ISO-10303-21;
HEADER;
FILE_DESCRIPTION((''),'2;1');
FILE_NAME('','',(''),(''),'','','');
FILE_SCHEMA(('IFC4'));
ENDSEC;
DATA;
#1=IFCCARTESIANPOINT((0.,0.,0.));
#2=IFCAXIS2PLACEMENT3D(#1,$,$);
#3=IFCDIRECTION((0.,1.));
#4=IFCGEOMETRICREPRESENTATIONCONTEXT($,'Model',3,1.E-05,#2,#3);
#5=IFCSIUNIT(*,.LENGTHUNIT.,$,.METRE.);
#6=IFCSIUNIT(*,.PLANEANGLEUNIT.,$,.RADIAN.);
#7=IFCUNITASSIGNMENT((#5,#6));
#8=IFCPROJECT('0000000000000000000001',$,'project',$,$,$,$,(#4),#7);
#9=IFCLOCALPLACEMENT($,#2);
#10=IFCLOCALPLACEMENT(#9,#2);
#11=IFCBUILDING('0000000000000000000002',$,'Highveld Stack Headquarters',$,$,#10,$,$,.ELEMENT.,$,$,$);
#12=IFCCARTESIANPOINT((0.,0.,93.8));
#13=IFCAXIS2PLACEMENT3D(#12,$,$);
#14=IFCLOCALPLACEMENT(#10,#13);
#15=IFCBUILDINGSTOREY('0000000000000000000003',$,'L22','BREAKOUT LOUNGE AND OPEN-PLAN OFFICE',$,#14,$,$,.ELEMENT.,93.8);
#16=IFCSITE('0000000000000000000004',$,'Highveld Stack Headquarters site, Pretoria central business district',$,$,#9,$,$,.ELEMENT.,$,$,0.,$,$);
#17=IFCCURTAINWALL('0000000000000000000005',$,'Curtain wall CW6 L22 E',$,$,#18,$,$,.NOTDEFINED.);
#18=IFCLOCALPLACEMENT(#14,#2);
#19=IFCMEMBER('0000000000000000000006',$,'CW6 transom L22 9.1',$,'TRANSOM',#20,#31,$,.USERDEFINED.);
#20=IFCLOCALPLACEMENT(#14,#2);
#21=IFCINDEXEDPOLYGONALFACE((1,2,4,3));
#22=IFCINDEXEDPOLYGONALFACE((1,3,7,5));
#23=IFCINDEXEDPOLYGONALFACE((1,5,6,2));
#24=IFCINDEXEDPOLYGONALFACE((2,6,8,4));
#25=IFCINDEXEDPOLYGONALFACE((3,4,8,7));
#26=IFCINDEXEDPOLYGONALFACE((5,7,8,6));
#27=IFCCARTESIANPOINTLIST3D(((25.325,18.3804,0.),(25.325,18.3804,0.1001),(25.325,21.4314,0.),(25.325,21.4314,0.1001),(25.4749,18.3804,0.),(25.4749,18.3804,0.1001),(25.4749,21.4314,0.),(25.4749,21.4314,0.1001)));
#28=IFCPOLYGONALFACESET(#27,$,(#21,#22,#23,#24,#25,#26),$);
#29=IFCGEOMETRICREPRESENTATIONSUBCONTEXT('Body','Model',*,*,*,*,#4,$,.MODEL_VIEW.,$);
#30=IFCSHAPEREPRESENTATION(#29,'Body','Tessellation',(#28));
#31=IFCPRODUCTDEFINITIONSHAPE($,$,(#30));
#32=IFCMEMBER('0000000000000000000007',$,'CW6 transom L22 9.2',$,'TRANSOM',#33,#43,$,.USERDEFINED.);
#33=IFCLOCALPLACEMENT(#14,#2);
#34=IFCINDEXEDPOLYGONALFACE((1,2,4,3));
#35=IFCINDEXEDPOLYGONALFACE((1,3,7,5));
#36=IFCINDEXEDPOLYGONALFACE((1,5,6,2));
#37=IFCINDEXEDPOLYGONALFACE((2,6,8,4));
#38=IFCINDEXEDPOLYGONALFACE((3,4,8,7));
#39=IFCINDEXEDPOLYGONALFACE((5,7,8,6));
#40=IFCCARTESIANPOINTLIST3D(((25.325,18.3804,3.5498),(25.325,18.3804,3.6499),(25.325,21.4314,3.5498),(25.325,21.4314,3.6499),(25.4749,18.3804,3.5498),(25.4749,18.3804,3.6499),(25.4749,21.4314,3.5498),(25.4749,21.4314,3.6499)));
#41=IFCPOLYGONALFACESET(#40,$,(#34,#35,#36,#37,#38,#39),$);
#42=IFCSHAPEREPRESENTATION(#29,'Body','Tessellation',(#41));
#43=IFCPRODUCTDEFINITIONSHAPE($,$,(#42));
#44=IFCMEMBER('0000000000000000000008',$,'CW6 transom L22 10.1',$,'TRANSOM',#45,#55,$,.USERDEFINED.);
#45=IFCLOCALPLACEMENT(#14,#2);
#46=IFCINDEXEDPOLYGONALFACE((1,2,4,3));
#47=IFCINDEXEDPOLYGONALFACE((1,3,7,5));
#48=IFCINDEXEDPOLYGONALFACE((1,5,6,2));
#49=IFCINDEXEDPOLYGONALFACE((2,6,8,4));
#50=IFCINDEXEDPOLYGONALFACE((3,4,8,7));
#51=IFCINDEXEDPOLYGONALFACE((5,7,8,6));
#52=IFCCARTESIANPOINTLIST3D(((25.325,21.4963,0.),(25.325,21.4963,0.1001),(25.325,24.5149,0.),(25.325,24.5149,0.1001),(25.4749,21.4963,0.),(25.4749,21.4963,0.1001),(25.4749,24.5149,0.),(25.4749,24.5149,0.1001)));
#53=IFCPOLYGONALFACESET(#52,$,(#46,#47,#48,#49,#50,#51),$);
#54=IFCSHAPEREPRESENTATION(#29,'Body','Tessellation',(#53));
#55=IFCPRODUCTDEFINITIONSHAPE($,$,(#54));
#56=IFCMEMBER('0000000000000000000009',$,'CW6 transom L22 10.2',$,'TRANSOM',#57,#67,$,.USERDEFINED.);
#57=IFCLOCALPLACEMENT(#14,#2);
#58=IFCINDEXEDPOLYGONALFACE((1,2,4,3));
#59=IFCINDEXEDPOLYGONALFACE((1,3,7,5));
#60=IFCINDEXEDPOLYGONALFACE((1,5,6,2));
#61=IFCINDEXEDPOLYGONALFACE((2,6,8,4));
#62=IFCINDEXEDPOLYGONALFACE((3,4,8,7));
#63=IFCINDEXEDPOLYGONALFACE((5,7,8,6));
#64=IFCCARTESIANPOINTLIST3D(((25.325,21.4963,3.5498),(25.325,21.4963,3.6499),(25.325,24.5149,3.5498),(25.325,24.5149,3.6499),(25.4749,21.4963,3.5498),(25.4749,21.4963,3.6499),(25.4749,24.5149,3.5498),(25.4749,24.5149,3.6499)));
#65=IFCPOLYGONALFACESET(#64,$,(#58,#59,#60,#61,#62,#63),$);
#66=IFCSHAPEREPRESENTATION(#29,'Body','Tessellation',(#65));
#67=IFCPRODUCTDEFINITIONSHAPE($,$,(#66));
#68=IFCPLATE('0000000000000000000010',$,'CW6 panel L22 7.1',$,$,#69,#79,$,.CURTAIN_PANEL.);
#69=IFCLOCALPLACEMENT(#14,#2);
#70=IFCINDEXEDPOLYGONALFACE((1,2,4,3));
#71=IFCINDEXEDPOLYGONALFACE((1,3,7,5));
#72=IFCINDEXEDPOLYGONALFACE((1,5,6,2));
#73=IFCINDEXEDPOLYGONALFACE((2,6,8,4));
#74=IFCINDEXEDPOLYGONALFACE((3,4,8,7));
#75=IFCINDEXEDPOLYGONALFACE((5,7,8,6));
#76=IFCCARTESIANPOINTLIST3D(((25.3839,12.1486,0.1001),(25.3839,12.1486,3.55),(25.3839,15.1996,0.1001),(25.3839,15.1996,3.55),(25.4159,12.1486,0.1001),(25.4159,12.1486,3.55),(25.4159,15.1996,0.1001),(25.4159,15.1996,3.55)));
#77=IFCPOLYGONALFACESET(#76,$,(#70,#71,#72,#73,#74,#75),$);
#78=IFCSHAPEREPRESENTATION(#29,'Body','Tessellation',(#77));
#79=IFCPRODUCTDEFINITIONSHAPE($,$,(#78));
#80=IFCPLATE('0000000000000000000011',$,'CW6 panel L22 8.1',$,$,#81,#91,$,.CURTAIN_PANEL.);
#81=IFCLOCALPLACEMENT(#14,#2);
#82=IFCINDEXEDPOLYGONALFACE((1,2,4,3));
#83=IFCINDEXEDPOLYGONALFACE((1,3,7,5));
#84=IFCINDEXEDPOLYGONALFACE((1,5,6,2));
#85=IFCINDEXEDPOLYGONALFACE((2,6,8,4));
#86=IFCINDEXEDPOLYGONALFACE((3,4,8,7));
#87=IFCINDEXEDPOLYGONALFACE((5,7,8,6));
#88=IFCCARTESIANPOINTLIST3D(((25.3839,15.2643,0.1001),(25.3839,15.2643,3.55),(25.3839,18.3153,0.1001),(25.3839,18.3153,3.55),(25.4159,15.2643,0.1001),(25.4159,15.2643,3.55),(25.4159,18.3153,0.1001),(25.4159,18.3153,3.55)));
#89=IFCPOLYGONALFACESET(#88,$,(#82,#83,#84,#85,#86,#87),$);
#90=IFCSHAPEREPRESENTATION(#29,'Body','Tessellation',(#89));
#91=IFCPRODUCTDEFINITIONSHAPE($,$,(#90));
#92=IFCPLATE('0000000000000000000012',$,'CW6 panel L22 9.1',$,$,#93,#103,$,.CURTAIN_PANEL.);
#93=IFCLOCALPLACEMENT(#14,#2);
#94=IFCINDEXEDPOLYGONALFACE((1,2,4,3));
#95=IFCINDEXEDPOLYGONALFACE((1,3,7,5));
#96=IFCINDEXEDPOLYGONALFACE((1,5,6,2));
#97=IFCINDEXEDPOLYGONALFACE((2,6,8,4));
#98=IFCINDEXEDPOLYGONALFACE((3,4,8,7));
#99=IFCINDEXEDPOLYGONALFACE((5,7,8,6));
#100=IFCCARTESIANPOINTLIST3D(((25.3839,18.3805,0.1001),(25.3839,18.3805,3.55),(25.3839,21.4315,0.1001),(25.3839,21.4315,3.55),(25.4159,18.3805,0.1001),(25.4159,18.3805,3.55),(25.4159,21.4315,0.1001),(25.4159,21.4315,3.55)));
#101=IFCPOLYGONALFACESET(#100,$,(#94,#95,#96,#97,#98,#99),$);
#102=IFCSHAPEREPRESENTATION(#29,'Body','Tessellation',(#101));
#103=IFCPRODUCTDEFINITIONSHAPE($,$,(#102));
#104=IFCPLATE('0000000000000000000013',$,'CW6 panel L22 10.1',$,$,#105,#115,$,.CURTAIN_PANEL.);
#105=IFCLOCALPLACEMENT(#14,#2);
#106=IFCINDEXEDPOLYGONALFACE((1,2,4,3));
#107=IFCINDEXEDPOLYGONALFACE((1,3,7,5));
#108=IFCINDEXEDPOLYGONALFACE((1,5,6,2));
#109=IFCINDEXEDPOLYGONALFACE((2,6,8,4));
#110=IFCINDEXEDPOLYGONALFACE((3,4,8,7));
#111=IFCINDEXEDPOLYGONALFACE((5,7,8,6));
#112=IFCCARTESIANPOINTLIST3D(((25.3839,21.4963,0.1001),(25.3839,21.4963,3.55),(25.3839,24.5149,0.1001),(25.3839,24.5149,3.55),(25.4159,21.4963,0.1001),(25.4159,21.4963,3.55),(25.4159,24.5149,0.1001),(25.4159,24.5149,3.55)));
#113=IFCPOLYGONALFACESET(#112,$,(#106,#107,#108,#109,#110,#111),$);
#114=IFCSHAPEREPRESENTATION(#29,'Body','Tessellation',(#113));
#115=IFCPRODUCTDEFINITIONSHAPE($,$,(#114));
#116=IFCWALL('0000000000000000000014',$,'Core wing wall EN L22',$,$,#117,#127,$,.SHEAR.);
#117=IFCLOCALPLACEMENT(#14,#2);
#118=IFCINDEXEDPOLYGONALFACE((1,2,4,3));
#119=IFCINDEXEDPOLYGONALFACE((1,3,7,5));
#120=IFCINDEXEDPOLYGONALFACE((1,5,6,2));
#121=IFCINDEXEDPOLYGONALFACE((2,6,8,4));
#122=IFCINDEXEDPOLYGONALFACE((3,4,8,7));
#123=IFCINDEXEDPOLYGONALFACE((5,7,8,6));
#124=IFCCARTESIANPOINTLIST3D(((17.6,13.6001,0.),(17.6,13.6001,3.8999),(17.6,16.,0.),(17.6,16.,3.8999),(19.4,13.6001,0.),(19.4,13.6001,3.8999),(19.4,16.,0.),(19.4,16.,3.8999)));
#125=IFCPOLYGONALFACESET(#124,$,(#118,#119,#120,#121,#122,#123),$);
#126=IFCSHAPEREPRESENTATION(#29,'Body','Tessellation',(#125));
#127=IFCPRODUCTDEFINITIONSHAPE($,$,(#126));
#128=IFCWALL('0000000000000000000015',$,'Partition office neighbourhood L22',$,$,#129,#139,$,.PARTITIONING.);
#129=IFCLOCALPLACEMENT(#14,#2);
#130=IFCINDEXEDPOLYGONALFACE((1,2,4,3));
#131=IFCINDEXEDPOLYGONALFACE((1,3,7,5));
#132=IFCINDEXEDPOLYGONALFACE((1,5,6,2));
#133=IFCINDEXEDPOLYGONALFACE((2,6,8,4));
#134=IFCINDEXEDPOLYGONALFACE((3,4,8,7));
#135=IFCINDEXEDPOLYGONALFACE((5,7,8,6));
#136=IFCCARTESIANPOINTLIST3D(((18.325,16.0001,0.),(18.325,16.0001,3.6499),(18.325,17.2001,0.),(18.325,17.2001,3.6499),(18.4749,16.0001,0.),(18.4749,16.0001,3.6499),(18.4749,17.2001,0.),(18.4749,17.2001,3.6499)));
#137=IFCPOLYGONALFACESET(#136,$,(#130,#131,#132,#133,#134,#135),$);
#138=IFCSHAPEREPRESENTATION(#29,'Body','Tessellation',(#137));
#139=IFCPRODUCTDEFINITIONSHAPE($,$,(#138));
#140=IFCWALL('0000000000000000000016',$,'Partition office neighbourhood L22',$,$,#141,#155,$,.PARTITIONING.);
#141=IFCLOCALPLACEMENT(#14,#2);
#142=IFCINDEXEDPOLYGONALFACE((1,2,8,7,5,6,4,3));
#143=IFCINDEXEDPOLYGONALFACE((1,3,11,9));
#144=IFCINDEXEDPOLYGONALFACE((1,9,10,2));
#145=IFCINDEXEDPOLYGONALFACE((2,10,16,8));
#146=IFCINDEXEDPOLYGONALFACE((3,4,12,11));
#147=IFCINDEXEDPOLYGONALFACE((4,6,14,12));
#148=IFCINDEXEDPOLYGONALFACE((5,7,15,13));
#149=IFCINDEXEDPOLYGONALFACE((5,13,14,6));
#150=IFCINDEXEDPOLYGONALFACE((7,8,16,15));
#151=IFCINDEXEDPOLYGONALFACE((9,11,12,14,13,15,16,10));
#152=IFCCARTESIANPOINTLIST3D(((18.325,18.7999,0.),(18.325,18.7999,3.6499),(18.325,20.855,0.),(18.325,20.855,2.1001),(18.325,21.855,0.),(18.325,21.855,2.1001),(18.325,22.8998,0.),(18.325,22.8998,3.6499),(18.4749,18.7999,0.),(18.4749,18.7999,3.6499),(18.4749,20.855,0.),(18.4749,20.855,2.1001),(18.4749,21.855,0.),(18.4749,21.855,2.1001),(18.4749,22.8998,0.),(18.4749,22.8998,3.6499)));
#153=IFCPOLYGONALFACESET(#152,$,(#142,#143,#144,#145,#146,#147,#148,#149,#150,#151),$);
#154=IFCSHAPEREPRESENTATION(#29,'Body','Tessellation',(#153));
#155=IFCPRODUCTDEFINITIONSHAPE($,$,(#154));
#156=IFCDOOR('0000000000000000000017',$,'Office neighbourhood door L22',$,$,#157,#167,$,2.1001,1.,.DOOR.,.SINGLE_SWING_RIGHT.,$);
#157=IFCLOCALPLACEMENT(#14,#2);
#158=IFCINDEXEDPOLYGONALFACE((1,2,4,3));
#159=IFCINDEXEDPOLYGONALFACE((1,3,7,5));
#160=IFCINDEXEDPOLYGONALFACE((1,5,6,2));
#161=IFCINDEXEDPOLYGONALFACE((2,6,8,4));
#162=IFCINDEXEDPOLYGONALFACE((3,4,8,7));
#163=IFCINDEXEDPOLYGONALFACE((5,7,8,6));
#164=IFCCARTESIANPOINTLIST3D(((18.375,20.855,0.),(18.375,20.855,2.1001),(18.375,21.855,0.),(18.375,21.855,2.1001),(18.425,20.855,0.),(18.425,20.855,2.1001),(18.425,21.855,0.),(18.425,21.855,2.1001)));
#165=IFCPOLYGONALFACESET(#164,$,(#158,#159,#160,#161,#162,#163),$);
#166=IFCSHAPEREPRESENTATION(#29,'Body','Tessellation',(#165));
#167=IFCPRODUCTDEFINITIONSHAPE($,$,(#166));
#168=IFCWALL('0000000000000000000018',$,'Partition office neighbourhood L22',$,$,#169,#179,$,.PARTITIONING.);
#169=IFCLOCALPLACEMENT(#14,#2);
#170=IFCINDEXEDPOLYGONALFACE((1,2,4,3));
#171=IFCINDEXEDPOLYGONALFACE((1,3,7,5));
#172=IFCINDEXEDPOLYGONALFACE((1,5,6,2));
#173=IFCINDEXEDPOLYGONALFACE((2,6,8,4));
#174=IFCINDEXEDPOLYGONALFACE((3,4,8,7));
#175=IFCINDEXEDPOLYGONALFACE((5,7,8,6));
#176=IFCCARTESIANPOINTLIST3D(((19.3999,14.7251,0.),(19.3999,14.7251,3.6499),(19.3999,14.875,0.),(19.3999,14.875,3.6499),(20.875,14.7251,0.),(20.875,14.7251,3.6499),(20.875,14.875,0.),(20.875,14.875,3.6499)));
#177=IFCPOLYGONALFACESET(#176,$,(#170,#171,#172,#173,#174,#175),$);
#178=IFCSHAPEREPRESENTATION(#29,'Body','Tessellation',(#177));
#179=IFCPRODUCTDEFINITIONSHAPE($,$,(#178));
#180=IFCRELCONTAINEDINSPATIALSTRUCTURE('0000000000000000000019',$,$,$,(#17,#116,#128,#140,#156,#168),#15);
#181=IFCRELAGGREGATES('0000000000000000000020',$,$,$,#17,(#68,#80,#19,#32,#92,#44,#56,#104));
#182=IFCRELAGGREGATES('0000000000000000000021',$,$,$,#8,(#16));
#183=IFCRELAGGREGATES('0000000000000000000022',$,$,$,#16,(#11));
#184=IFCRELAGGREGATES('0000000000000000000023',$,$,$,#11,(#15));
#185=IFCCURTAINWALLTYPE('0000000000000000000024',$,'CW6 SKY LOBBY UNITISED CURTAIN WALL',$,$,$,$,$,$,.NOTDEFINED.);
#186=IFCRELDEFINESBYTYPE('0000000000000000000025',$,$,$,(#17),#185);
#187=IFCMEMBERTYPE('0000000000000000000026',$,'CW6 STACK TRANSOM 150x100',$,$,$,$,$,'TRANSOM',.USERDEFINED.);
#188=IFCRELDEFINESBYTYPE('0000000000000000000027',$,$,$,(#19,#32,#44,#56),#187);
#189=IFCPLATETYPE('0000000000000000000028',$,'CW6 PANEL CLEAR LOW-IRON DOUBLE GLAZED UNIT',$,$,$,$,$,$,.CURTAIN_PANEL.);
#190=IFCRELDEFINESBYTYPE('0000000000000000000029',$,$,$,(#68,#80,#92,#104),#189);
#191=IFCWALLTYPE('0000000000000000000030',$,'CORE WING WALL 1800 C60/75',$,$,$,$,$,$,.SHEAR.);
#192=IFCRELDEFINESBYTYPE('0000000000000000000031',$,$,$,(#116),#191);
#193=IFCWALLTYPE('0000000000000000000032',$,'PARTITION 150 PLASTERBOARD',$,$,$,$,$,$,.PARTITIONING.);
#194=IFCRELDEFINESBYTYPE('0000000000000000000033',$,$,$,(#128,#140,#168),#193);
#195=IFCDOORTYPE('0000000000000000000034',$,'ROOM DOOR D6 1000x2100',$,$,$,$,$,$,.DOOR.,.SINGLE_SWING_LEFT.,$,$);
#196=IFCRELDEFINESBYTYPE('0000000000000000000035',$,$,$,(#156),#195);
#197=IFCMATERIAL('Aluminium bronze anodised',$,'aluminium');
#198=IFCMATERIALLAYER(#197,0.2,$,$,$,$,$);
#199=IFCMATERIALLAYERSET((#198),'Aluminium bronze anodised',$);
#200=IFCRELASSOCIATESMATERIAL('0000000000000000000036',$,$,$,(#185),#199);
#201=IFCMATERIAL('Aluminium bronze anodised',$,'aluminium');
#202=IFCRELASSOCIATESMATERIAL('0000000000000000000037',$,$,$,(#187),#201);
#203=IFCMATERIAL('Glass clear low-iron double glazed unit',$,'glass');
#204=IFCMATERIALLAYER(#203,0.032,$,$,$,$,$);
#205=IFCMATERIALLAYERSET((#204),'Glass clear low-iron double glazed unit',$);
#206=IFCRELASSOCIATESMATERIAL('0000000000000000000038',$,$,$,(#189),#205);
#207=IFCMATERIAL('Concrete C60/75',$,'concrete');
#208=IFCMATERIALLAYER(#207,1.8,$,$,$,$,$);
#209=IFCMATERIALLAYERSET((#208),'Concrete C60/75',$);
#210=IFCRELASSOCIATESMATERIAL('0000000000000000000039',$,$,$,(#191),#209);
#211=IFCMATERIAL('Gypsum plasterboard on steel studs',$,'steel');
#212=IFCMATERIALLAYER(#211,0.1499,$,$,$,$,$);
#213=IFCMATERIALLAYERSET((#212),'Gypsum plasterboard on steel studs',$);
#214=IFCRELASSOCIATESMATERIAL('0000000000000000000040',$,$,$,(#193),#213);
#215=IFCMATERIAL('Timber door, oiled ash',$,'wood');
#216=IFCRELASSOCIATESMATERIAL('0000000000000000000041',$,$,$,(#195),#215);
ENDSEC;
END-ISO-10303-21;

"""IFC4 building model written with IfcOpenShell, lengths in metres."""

from ifc_helpers import new_model, si_unit, direction, frame, frame_2d, origin, origin_2d, place, context, subcontext, project, spatial, rectangle, extrude, material, layer, layer_set, material_profile, profile_set, type_object, element, fill, aggregate, save


model = new_model("IFC4")

# Units and contexts
model_context = context("Model", 3, precision=1e-05, world=origin(), true_north=direction((0.0, 1.0)))
body_context = subcontext(model_context, "Body", "Model", "MODEL_VIEW")
ifc_project = project(units=[si_unit("LENGTHUNIT", "METRE"), si_unit("PLANEANGLEUNIT", "RADIAN")], contexts=[model_context])

# Site, building, storey
site_placement = place(None, origin())
site = spatial("IfcSite", under=ifc_project, at=site_placement, Name="Highveld Stack Headquarters site, Pretoria central business district", CompositionType="ELEMENT", RefElevation=0.0)
building_placement = place(site_placement, origin())
building = spatial("IfcBuilding", under=site, at=building_placement, Name="Highveld Stack Headquarters", CompositionType="ELEMENT")
storey_placement = place(building_placement, frame((0.0, 0.0, 93.8)))
storey = spatial("IfcBuildingStorey", under=building, at=storey_placement, Name="L22", Description="BREAKOUT LOUNGE AND OPEN-PLAN OFFICE", CompositionType="ELEMENT", Elevation=93.8)

# Curtain wall, members, plates
ifc_material_1 = material(Name="Aluminium bronze anodised", Category="aluminium")
ifc_layer_1 = layer(ifc_material_1, 0.2)
ifc_layer_set_1 = layer_set([ifc_layer_1], Name="Aluminium bronze anodised")
curtain_wall_type = type_object("IfcCurtainWallType", Name="CW6 SKY LOBBY UNITISED CURTAIN WALL", PredefinedType="NOTDEFINED", material=ifc_layer_set_1)
curtain_wall_placement = place(storey_placement, origin())
curtain_wall = element("IfcCurtainWall", 1, at=curtain_wall_placement, inside=storey, type_object=curtain_wall_type, Name="Curtain wall CW6 L22 E", PredefinedType="NOTDEFINED")
ifc_material_2 = material(Name="Aluminium bronze anodised", Category="aluminium")
ifc_material_profile_1 = material_profile(ifc_material_2, rectangle(XDim=0.1499, YDim=0.1001, at=origin_2d()), Name="CW6 TRANSOM 150x100")
ifc_profile_set_1 = profile_set([ifc_material_profile_1], Name="Aluminium bronze anodised")
member_type_1 = type_object("IfcMemberType", Name="CW6 STACK TRANSOM 150x100", ElementType="TRANSOM", PredefinedType="USERDEFINED", material=ifc_profile_set_1)
member_1_placement = place(storey_placement, frame((25.3999, 18.3804, 0.05), z_axis=(0.0, 1.0, 0.0), x_axis=(-1.0, 0.0, 0.0)))
member_1 = element("IfcMember", 2, at=member_1_placement, type_object=member_type_1, Name="CW6 transom L22 9.1", ObjectType="TRANSOM", PredefinedType="USERDEFINED", context=body_context, shape_type="SweptSolid", body=[
    extrude(rectangle(XDim=0.1499, YDim=0.1001, at=origin_2d()), origin(), (0.0, 0.0, 1.0), 3.051),
])
member_2_placement = place(storey_placement, frame((25.3999, 18.3804, 3.5999), z_axis=(0.0, 1.0, 0.0), x_axis=(-1.0, 0.0, 0.0)))
member_2 = element("IfcMember", 3, at=member_2_placement, type_object=member_type_1, Name="CW6 transom L22 9.2", ObjectType="TRANSOM", PredefinedType="USERDEFINED", context=body_context, shape_type="SweptSolid", body=[
    extrude(rectangle(XDim=0.1499, YDim=0.1001, at=origin_2d()), origin(), (0.0, 0.0, 1.0), 3.051),
])
member_3_placement = place(storey_placement, frame((25.3999, 21.4963, 0.05), z_axis=(0.0, 1.0, 0.0), x_axis=(-1.0, 0.0, 0.0)))
member_3 = element("IfcMember", 4, at=member_3_placement, type_object=member_type_1, Name="CW6 transom L22 10.1", ObjectType="TRANSOM", PredefinedType="USERDEFINED", context=body_context, shape_type="SweptSolid", body=[
    extrude(rectangle(XDim=0.1499, YDim=0.1001, at=origin_2d()), origin(), (0.0, 0.0, 1.0), 3.0186),
])
member_4_placement = place(storey_placement, frame((25.3999, 21.4963, 3.5999), z_axis=(0.0, 1.0, 0.0), x_axis=(-1.0, 0.0, 0.0)))
member_4 = element("IfcMember", 5, at=member_4_placement, type_object=member_type_1, Name="CW6 transom L22 10.2", ObjectType="TRANSOM", PredefinedType="USERDEFINED", context=body_context, shape_type="SweptSolid", body=[
    extrude(rectangle(XDim=0.1499, YDim=0.1001, at=origin_2d()), origin(), (0.0, 0.0, 1.0), 3.0186),
])
ifc_material_3 = material(Name="Glass clear low-iron double glazed unit", Category="glass")
ifc_layer_2 = layer(ifc_material_3, 0.032)
ifc_layer_set_2 = layer_set([ifc_layer_2], Name="Glass clear low-iron double glazed unit")
plate_type = type_object("IfcPlateType", Name="CW6 PANEL CLEAR LOW-IRON DOUBLE GLAZED UNIT", PredefinedType="CURTAIN_PANEL", material=ifc_layer_set_2)
plate_1_placement = place(storey_placement, frame((25.3999, 13.6741, 0.1001), z_axis=(0.0, 0.0, 1.0), x_axis=(0.0, 1.0, 0.0)))
plate_1 = element("IfcPlate", 6, at=plate_1_placement, type_object=plate_type, Name="CW6 panel L22 7.1", PredefinedType="CURTAIN_PANEL", context=body_context, shape_type="SweptSolid", body=[
    extrude(rectangle(XDim=3.051, YDim=0.032, at=origin_2d()), origin(), (0.0, 0.0, 1.0), 3.45),
])
plate_2_placement = place(storey_placement, frame((25.3999, 16.7898, 0.1001), z_axis=(0.0, 0.0, 1.0), x_axis=(0.0, 1.0, 0.0)))
plate_2 = element("IfcPlate", 7, at=plate_2_placement, type_object=plate_type, Name="CW6 panel L22 8.1", PredefinedType="CURTAIN_PANEL", context=body_context, shape_type="SweptSolid", body=[
    extrude(rectangle(XDim=3.051, YDim=0.032, at=origin_2d()), origin(), (0.0, 0.0, 1.0), 3.45),
])
plate_3_placement = place(storey_placement, frame((25.3999, 19.906, 0.1001), z_axis=(0.0, 0.0, 1.0), x_axis=(0.0, 1.0, 0.0)))
plate_3 = element("IfcPlate", 8, at=plate_3_placement, type_object=plate_type, Name="CW6 panel L22 9.1", PredefinedType="CURTAIN_PANEL", context=body_context, shape_type="SweptSolid", body=[
    extrude(rectangle(XDim=3.051, YDim=0.032, at=origin_2d()), origin(), (0.0, 0.0, 1.0), 3.45),
])
plate_4_placement = place(storey_placement, frame((25.3999, 23.0056, 0.1001), z_axis=(0.0, 0.0, 1.0), x_axis=(0.0, 1.0, 0.0)))
plate_4 = element("IfcPlate", 9, at=plate_4_placement, type_object=plate_type, Name="CW6 panel L22 10.1", PredefinedType="CURTAIN_PANEL", context=body_context, shape_type="SweptSolid", body=[
    extrude(rectangle(XDim=3.0186, YDim=0.032, at=origin_2d()), origin(), (0.0, 0.0, 1.0), 3.45),
])
aggregate(curtain_wall, [plate_1, plate_2, member_1, member_2, plate_3, member_3, member_4, plate_4])

# Walls
ifc_material_4 = material(Name="Concrete C60/75", Category="concrete")
ifc_layer_3 = layer(ifc_material_4, 1.8)
ifc_layer_set_3 = layer_set([ifc_layer_3], Name="Concrete C60/75")
wall_type_1 = type_object("IfcWallType", Name="CORE WING WALL 1800 C60/75", PredefinedType="SHEAR", material=ifc_layer_set_3)
wall_1_placement = place(storey_placement, frame((18.5, 13.6001, 0.0), z_axis=(0.0, 0.0, 1.0), x_axis=(0.0, 1.0, 0.0)))
element("IfcWall", 10, at=wall_1_placement, inside=storey, type_object=wall_type_1, Name="Core wing wall EN L22", PredefinedType="SHEAR", context=body_context, shape_type="SweptSolid", body=[
    extrude(rectangle(XDim=2.3999, YDim=1.8, at=frame_2d((1.2, 0.0))), origin(), (0.0, 0.0, 1.0), 3.8999),
])
ifc_material_5 = material(Name="Gypsum plasterboard on steel studs", Category="steel")
ifc_layer_4 = layer(ifc_material_5, 0.1499)
ifc_layer_set_4 = layer_set([ifc_layer_4], Name="Gypsum plasterboard on steel studs")
wall_type_2 = type_object("IfcWallType", Name="PARTITION 150 PLASTERBOARD", PredefinedType="PARTITIONING", material=ifc_layer_set_4)
wall_2_placement = place(storey_placement, frame((18.3999, 16.0, 0.0), z_axis=(0.0, 0.0, 1.0), x_axis=(0.0, 1.0, 0.0)))
element("IfcWall", 11, at=wall_2_placement, inside=storey, type_object=wall_type_2, Name="Partition office neighbourhood L22", PredefinedType="PARTITIONING", context=body_context, shape_type="SweptSolid", body=[
    extrude(rectangle(XDim=1.2, YDim=0.1499, at=frame_2d((0.6001, 0.0))), origin(), (0.0, 0.0, 1.0), 3.6499),
])

# Wall, opening, door
wall_3_placement = place(storey_placement, frame((18.3999, 18.8, 0.0), z_axis=(0.0, 0.0, 1.0), x_axis=(0.0, 1.0, 0.0)))
wall_3 = element("IfcWall", 12, at=wall_3_placement, inside=storey, type_object=wall_type_2, Name="Partition office neighbourhood L22", PredefinedType="PARTITIONING", context=body_context, shape_type="SweptSolid", body=[
    extrude(rectangle(XDim=4.0999, YDim=0.1499, at=frame_2d((2.0498, 0.0))), origin(), (0.0, 0.0, 1.0), 3.6499),
])
opening_placement = place(wall_3_placement, frame((2.0549, 0.0, 0.0)))
opening = element("IfcOpeningElement", 13, at=opening_placement, cuts=wall_3, PredefinedType="OPENING", context=body_context, shape_type="SweptSolid", body=[
    extrude(rectangle(XDim=1.0, YDim=2.1001, at=frame_2d((0.5, 1.05))), frame((0.0, 0.085, 0.0), z_axis=(0.0, -1.0, 0.0), x_axis=(1.0, 0.0, 0.0)), (0.0, 0.0, 1.0), 0.1699),
])
ifc_material_6 = material(Name="Timber door, oiled ash", Category="wood")
door_type = type_object("IfcDoorType", Name="ROOM DOOR D6 1000x2100", OperationType="SINGLE_SWING_LEFT", PredefinedType="DOOR", material=ifc_material_6)
door_placement = place(opening_placement, origin())
door = element("IfcDoor", 14, at=door_placement, inside=storey, type_object=door_type, Name="Office neighbourhood door L22", OperationType="SINGLE_SWING_RIGHT", OverallHeight=2.1001, OverallWidth=1.0, PredefinedType="DOOR", context=body_context, shape_type="SweptSolid", body=[
    extrude(rectangle(XDim=1.0, YDim=2.1001, at=frame_2d((0.5, 1.05))), frame((0.0, 0.0249, 0.0), z_axis=(0.0, -1.0, 0.0), x_axis=(1.0, 0.0, 0.0)), (0.0, 0.0, 1.0), 0.05),
])
fill(opening, door)

# Wall
wall_4_placement = place(storey_placement, frame((19.3999, 14.8, 0.0), z_axis=(0.0, 0.0, 1.0), x_axis=(1.0, 0.0, 0.0)))
element("IfcWall", 15, at=wall_4_placement, inside=storey, type_object=wall_type_2, Name="Partition office neighbourhood L22", PredefinedType="PARTITIONING", context=body_context, shape_type="SweptSolid", body=[
    extrude(rectangle(XDim=1.4751, YDim=0.1499, at=frame_2d((0.7375, 0.0))), origin(), (0.0, 0.0, 1.0), 3.6499),
])

save(model, "model.ifc")
